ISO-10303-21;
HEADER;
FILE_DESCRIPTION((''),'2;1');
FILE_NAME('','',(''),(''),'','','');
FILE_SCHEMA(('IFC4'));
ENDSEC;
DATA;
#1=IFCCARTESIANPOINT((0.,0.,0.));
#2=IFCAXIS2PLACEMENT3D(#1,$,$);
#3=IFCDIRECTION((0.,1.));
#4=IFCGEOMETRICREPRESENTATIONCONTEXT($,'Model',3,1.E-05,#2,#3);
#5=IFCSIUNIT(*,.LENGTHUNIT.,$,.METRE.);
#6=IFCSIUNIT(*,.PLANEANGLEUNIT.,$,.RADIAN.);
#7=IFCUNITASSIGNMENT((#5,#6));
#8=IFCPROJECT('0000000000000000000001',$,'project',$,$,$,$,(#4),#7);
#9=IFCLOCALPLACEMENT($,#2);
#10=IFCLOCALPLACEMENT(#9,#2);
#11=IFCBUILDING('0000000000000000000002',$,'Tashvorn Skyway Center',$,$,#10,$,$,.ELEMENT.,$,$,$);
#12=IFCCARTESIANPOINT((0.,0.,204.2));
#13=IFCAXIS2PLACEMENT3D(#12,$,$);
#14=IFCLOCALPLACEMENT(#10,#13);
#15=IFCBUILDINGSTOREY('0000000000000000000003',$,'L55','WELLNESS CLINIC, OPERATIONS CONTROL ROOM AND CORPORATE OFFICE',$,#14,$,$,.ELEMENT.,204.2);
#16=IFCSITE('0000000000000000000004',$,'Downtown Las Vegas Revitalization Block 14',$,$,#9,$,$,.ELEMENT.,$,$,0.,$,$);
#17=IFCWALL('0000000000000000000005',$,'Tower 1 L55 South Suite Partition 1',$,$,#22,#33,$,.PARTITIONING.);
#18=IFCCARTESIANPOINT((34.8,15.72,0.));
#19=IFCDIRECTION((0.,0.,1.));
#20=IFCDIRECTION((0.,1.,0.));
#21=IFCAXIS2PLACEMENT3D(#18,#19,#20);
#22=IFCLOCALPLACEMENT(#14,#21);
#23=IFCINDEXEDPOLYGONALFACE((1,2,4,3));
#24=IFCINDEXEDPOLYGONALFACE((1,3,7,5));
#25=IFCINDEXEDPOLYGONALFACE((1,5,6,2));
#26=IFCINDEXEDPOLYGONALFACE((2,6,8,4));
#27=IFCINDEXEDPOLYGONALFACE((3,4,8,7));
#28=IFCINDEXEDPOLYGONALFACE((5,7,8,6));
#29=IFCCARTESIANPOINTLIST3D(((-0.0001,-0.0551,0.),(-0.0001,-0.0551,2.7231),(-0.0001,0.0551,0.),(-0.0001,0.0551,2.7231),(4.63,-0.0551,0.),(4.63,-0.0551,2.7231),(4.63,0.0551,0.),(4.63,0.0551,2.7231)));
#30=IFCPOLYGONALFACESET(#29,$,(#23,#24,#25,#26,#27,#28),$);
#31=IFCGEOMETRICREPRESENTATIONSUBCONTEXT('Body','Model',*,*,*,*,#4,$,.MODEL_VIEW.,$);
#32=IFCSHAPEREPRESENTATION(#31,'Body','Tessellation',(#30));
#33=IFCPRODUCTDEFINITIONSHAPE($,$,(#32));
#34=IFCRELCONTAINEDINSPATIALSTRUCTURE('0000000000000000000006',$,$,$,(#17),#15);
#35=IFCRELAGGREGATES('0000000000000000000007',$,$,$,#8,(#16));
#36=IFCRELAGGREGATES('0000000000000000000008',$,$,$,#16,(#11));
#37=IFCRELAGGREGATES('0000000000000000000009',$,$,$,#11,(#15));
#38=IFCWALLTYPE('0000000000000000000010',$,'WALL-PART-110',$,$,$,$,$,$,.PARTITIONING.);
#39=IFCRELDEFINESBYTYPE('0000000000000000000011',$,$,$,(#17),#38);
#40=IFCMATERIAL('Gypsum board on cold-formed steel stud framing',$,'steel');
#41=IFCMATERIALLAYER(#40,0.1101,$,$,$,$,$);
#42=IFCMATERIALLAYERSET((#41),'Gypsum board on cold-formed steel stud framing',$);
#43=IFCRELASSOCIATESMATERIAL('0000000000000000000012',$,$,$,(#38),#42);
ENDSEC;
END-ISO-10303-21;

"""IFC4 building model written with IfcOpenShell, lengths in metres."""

from ifc_helpers import new_model, si_unit, direction, frame, frame_2d, origin, place, context, subcontext, project, spatial, rectangle, extrude, material, layer, layer_set, type_object, element, save


model = new_model("IFC4")

# Units and contexts
model_context = context("Model", 3, precision=1e-05, world=origin(), true_north=direction((0.0, 1.0)))
body_context = subcontext(model_context, "Body", "Model", "MODEL_VIEW")
ifc_project = project(units=[si_unit("LENGTHUNIT", "METRE"), si_unit("PLANEANGLEUNIT", "RADIAN")], contexts=[model_context])

# Site, building, storey
site_placement = place(None, origin())
site = spatial("IfcSite", under=ifc_project, at=site_placement, Name="Downtown Las Vegas Revitalization Block 14", CompositionType="ELEMENT", RefElevation=0.0)
building_placement = place(site_placement, origin())
building = spatial("IfcBuilding", under=site, at=building_placement, Name="Tashvorn Skyway Center", CompositionType="ELEMENT")
storey_placement = place(building_placement, frame((0.0, 0.0, 204.2)))
storey = spatial("IfcBuildingStorey", under=building, at=storey_placement, Name="L55", Description="WELLNESS CLINIC, OPERATIONS CONTROL ROOM AND CORPORATE OFFICE", CompositionType="ELEMENT", Elevation=204.2)

# Wall
ifc_material_1 = material(Name="Gypsum board on cold-formed steel stud framing", Category="steel")
ifc_layer_1 = layer(ifc_material_1, 0.1101)
ifc_layer_set_1 = layer_set([ifc_layer_1], Name="Gypsum board on cold-formed steel stud framing")
wall_type_1 = type_object("IfcWallType", Name="WALL-PART-110", PredefinedType="PARTITIONING", material=ifc_layer_set_1)
wall_1_placement = place(storey_placement, frame((34.8, 15.72, 0.0), z_axis=(0.0, 0.0, 1.0), x_axis=(0.0, 1.0, 0.0)))
element("IfcWall", 1, at=wall_1_placement, inside=storey, type_object=wall_type_1, Name="Tower 1 L55 South Suite Partition 1", PredefinedType="PARTITIONING", context=body_context, shape_type="SweptSolid", body=[
    extrude(rectangle(XDim=4.6301, YDim=0.1101, at=frame_2d((2.3149, 0.0))), origin(), (0.0, 0.0, 1.0), 2.7231),
])

save(model, "model.ifc")
